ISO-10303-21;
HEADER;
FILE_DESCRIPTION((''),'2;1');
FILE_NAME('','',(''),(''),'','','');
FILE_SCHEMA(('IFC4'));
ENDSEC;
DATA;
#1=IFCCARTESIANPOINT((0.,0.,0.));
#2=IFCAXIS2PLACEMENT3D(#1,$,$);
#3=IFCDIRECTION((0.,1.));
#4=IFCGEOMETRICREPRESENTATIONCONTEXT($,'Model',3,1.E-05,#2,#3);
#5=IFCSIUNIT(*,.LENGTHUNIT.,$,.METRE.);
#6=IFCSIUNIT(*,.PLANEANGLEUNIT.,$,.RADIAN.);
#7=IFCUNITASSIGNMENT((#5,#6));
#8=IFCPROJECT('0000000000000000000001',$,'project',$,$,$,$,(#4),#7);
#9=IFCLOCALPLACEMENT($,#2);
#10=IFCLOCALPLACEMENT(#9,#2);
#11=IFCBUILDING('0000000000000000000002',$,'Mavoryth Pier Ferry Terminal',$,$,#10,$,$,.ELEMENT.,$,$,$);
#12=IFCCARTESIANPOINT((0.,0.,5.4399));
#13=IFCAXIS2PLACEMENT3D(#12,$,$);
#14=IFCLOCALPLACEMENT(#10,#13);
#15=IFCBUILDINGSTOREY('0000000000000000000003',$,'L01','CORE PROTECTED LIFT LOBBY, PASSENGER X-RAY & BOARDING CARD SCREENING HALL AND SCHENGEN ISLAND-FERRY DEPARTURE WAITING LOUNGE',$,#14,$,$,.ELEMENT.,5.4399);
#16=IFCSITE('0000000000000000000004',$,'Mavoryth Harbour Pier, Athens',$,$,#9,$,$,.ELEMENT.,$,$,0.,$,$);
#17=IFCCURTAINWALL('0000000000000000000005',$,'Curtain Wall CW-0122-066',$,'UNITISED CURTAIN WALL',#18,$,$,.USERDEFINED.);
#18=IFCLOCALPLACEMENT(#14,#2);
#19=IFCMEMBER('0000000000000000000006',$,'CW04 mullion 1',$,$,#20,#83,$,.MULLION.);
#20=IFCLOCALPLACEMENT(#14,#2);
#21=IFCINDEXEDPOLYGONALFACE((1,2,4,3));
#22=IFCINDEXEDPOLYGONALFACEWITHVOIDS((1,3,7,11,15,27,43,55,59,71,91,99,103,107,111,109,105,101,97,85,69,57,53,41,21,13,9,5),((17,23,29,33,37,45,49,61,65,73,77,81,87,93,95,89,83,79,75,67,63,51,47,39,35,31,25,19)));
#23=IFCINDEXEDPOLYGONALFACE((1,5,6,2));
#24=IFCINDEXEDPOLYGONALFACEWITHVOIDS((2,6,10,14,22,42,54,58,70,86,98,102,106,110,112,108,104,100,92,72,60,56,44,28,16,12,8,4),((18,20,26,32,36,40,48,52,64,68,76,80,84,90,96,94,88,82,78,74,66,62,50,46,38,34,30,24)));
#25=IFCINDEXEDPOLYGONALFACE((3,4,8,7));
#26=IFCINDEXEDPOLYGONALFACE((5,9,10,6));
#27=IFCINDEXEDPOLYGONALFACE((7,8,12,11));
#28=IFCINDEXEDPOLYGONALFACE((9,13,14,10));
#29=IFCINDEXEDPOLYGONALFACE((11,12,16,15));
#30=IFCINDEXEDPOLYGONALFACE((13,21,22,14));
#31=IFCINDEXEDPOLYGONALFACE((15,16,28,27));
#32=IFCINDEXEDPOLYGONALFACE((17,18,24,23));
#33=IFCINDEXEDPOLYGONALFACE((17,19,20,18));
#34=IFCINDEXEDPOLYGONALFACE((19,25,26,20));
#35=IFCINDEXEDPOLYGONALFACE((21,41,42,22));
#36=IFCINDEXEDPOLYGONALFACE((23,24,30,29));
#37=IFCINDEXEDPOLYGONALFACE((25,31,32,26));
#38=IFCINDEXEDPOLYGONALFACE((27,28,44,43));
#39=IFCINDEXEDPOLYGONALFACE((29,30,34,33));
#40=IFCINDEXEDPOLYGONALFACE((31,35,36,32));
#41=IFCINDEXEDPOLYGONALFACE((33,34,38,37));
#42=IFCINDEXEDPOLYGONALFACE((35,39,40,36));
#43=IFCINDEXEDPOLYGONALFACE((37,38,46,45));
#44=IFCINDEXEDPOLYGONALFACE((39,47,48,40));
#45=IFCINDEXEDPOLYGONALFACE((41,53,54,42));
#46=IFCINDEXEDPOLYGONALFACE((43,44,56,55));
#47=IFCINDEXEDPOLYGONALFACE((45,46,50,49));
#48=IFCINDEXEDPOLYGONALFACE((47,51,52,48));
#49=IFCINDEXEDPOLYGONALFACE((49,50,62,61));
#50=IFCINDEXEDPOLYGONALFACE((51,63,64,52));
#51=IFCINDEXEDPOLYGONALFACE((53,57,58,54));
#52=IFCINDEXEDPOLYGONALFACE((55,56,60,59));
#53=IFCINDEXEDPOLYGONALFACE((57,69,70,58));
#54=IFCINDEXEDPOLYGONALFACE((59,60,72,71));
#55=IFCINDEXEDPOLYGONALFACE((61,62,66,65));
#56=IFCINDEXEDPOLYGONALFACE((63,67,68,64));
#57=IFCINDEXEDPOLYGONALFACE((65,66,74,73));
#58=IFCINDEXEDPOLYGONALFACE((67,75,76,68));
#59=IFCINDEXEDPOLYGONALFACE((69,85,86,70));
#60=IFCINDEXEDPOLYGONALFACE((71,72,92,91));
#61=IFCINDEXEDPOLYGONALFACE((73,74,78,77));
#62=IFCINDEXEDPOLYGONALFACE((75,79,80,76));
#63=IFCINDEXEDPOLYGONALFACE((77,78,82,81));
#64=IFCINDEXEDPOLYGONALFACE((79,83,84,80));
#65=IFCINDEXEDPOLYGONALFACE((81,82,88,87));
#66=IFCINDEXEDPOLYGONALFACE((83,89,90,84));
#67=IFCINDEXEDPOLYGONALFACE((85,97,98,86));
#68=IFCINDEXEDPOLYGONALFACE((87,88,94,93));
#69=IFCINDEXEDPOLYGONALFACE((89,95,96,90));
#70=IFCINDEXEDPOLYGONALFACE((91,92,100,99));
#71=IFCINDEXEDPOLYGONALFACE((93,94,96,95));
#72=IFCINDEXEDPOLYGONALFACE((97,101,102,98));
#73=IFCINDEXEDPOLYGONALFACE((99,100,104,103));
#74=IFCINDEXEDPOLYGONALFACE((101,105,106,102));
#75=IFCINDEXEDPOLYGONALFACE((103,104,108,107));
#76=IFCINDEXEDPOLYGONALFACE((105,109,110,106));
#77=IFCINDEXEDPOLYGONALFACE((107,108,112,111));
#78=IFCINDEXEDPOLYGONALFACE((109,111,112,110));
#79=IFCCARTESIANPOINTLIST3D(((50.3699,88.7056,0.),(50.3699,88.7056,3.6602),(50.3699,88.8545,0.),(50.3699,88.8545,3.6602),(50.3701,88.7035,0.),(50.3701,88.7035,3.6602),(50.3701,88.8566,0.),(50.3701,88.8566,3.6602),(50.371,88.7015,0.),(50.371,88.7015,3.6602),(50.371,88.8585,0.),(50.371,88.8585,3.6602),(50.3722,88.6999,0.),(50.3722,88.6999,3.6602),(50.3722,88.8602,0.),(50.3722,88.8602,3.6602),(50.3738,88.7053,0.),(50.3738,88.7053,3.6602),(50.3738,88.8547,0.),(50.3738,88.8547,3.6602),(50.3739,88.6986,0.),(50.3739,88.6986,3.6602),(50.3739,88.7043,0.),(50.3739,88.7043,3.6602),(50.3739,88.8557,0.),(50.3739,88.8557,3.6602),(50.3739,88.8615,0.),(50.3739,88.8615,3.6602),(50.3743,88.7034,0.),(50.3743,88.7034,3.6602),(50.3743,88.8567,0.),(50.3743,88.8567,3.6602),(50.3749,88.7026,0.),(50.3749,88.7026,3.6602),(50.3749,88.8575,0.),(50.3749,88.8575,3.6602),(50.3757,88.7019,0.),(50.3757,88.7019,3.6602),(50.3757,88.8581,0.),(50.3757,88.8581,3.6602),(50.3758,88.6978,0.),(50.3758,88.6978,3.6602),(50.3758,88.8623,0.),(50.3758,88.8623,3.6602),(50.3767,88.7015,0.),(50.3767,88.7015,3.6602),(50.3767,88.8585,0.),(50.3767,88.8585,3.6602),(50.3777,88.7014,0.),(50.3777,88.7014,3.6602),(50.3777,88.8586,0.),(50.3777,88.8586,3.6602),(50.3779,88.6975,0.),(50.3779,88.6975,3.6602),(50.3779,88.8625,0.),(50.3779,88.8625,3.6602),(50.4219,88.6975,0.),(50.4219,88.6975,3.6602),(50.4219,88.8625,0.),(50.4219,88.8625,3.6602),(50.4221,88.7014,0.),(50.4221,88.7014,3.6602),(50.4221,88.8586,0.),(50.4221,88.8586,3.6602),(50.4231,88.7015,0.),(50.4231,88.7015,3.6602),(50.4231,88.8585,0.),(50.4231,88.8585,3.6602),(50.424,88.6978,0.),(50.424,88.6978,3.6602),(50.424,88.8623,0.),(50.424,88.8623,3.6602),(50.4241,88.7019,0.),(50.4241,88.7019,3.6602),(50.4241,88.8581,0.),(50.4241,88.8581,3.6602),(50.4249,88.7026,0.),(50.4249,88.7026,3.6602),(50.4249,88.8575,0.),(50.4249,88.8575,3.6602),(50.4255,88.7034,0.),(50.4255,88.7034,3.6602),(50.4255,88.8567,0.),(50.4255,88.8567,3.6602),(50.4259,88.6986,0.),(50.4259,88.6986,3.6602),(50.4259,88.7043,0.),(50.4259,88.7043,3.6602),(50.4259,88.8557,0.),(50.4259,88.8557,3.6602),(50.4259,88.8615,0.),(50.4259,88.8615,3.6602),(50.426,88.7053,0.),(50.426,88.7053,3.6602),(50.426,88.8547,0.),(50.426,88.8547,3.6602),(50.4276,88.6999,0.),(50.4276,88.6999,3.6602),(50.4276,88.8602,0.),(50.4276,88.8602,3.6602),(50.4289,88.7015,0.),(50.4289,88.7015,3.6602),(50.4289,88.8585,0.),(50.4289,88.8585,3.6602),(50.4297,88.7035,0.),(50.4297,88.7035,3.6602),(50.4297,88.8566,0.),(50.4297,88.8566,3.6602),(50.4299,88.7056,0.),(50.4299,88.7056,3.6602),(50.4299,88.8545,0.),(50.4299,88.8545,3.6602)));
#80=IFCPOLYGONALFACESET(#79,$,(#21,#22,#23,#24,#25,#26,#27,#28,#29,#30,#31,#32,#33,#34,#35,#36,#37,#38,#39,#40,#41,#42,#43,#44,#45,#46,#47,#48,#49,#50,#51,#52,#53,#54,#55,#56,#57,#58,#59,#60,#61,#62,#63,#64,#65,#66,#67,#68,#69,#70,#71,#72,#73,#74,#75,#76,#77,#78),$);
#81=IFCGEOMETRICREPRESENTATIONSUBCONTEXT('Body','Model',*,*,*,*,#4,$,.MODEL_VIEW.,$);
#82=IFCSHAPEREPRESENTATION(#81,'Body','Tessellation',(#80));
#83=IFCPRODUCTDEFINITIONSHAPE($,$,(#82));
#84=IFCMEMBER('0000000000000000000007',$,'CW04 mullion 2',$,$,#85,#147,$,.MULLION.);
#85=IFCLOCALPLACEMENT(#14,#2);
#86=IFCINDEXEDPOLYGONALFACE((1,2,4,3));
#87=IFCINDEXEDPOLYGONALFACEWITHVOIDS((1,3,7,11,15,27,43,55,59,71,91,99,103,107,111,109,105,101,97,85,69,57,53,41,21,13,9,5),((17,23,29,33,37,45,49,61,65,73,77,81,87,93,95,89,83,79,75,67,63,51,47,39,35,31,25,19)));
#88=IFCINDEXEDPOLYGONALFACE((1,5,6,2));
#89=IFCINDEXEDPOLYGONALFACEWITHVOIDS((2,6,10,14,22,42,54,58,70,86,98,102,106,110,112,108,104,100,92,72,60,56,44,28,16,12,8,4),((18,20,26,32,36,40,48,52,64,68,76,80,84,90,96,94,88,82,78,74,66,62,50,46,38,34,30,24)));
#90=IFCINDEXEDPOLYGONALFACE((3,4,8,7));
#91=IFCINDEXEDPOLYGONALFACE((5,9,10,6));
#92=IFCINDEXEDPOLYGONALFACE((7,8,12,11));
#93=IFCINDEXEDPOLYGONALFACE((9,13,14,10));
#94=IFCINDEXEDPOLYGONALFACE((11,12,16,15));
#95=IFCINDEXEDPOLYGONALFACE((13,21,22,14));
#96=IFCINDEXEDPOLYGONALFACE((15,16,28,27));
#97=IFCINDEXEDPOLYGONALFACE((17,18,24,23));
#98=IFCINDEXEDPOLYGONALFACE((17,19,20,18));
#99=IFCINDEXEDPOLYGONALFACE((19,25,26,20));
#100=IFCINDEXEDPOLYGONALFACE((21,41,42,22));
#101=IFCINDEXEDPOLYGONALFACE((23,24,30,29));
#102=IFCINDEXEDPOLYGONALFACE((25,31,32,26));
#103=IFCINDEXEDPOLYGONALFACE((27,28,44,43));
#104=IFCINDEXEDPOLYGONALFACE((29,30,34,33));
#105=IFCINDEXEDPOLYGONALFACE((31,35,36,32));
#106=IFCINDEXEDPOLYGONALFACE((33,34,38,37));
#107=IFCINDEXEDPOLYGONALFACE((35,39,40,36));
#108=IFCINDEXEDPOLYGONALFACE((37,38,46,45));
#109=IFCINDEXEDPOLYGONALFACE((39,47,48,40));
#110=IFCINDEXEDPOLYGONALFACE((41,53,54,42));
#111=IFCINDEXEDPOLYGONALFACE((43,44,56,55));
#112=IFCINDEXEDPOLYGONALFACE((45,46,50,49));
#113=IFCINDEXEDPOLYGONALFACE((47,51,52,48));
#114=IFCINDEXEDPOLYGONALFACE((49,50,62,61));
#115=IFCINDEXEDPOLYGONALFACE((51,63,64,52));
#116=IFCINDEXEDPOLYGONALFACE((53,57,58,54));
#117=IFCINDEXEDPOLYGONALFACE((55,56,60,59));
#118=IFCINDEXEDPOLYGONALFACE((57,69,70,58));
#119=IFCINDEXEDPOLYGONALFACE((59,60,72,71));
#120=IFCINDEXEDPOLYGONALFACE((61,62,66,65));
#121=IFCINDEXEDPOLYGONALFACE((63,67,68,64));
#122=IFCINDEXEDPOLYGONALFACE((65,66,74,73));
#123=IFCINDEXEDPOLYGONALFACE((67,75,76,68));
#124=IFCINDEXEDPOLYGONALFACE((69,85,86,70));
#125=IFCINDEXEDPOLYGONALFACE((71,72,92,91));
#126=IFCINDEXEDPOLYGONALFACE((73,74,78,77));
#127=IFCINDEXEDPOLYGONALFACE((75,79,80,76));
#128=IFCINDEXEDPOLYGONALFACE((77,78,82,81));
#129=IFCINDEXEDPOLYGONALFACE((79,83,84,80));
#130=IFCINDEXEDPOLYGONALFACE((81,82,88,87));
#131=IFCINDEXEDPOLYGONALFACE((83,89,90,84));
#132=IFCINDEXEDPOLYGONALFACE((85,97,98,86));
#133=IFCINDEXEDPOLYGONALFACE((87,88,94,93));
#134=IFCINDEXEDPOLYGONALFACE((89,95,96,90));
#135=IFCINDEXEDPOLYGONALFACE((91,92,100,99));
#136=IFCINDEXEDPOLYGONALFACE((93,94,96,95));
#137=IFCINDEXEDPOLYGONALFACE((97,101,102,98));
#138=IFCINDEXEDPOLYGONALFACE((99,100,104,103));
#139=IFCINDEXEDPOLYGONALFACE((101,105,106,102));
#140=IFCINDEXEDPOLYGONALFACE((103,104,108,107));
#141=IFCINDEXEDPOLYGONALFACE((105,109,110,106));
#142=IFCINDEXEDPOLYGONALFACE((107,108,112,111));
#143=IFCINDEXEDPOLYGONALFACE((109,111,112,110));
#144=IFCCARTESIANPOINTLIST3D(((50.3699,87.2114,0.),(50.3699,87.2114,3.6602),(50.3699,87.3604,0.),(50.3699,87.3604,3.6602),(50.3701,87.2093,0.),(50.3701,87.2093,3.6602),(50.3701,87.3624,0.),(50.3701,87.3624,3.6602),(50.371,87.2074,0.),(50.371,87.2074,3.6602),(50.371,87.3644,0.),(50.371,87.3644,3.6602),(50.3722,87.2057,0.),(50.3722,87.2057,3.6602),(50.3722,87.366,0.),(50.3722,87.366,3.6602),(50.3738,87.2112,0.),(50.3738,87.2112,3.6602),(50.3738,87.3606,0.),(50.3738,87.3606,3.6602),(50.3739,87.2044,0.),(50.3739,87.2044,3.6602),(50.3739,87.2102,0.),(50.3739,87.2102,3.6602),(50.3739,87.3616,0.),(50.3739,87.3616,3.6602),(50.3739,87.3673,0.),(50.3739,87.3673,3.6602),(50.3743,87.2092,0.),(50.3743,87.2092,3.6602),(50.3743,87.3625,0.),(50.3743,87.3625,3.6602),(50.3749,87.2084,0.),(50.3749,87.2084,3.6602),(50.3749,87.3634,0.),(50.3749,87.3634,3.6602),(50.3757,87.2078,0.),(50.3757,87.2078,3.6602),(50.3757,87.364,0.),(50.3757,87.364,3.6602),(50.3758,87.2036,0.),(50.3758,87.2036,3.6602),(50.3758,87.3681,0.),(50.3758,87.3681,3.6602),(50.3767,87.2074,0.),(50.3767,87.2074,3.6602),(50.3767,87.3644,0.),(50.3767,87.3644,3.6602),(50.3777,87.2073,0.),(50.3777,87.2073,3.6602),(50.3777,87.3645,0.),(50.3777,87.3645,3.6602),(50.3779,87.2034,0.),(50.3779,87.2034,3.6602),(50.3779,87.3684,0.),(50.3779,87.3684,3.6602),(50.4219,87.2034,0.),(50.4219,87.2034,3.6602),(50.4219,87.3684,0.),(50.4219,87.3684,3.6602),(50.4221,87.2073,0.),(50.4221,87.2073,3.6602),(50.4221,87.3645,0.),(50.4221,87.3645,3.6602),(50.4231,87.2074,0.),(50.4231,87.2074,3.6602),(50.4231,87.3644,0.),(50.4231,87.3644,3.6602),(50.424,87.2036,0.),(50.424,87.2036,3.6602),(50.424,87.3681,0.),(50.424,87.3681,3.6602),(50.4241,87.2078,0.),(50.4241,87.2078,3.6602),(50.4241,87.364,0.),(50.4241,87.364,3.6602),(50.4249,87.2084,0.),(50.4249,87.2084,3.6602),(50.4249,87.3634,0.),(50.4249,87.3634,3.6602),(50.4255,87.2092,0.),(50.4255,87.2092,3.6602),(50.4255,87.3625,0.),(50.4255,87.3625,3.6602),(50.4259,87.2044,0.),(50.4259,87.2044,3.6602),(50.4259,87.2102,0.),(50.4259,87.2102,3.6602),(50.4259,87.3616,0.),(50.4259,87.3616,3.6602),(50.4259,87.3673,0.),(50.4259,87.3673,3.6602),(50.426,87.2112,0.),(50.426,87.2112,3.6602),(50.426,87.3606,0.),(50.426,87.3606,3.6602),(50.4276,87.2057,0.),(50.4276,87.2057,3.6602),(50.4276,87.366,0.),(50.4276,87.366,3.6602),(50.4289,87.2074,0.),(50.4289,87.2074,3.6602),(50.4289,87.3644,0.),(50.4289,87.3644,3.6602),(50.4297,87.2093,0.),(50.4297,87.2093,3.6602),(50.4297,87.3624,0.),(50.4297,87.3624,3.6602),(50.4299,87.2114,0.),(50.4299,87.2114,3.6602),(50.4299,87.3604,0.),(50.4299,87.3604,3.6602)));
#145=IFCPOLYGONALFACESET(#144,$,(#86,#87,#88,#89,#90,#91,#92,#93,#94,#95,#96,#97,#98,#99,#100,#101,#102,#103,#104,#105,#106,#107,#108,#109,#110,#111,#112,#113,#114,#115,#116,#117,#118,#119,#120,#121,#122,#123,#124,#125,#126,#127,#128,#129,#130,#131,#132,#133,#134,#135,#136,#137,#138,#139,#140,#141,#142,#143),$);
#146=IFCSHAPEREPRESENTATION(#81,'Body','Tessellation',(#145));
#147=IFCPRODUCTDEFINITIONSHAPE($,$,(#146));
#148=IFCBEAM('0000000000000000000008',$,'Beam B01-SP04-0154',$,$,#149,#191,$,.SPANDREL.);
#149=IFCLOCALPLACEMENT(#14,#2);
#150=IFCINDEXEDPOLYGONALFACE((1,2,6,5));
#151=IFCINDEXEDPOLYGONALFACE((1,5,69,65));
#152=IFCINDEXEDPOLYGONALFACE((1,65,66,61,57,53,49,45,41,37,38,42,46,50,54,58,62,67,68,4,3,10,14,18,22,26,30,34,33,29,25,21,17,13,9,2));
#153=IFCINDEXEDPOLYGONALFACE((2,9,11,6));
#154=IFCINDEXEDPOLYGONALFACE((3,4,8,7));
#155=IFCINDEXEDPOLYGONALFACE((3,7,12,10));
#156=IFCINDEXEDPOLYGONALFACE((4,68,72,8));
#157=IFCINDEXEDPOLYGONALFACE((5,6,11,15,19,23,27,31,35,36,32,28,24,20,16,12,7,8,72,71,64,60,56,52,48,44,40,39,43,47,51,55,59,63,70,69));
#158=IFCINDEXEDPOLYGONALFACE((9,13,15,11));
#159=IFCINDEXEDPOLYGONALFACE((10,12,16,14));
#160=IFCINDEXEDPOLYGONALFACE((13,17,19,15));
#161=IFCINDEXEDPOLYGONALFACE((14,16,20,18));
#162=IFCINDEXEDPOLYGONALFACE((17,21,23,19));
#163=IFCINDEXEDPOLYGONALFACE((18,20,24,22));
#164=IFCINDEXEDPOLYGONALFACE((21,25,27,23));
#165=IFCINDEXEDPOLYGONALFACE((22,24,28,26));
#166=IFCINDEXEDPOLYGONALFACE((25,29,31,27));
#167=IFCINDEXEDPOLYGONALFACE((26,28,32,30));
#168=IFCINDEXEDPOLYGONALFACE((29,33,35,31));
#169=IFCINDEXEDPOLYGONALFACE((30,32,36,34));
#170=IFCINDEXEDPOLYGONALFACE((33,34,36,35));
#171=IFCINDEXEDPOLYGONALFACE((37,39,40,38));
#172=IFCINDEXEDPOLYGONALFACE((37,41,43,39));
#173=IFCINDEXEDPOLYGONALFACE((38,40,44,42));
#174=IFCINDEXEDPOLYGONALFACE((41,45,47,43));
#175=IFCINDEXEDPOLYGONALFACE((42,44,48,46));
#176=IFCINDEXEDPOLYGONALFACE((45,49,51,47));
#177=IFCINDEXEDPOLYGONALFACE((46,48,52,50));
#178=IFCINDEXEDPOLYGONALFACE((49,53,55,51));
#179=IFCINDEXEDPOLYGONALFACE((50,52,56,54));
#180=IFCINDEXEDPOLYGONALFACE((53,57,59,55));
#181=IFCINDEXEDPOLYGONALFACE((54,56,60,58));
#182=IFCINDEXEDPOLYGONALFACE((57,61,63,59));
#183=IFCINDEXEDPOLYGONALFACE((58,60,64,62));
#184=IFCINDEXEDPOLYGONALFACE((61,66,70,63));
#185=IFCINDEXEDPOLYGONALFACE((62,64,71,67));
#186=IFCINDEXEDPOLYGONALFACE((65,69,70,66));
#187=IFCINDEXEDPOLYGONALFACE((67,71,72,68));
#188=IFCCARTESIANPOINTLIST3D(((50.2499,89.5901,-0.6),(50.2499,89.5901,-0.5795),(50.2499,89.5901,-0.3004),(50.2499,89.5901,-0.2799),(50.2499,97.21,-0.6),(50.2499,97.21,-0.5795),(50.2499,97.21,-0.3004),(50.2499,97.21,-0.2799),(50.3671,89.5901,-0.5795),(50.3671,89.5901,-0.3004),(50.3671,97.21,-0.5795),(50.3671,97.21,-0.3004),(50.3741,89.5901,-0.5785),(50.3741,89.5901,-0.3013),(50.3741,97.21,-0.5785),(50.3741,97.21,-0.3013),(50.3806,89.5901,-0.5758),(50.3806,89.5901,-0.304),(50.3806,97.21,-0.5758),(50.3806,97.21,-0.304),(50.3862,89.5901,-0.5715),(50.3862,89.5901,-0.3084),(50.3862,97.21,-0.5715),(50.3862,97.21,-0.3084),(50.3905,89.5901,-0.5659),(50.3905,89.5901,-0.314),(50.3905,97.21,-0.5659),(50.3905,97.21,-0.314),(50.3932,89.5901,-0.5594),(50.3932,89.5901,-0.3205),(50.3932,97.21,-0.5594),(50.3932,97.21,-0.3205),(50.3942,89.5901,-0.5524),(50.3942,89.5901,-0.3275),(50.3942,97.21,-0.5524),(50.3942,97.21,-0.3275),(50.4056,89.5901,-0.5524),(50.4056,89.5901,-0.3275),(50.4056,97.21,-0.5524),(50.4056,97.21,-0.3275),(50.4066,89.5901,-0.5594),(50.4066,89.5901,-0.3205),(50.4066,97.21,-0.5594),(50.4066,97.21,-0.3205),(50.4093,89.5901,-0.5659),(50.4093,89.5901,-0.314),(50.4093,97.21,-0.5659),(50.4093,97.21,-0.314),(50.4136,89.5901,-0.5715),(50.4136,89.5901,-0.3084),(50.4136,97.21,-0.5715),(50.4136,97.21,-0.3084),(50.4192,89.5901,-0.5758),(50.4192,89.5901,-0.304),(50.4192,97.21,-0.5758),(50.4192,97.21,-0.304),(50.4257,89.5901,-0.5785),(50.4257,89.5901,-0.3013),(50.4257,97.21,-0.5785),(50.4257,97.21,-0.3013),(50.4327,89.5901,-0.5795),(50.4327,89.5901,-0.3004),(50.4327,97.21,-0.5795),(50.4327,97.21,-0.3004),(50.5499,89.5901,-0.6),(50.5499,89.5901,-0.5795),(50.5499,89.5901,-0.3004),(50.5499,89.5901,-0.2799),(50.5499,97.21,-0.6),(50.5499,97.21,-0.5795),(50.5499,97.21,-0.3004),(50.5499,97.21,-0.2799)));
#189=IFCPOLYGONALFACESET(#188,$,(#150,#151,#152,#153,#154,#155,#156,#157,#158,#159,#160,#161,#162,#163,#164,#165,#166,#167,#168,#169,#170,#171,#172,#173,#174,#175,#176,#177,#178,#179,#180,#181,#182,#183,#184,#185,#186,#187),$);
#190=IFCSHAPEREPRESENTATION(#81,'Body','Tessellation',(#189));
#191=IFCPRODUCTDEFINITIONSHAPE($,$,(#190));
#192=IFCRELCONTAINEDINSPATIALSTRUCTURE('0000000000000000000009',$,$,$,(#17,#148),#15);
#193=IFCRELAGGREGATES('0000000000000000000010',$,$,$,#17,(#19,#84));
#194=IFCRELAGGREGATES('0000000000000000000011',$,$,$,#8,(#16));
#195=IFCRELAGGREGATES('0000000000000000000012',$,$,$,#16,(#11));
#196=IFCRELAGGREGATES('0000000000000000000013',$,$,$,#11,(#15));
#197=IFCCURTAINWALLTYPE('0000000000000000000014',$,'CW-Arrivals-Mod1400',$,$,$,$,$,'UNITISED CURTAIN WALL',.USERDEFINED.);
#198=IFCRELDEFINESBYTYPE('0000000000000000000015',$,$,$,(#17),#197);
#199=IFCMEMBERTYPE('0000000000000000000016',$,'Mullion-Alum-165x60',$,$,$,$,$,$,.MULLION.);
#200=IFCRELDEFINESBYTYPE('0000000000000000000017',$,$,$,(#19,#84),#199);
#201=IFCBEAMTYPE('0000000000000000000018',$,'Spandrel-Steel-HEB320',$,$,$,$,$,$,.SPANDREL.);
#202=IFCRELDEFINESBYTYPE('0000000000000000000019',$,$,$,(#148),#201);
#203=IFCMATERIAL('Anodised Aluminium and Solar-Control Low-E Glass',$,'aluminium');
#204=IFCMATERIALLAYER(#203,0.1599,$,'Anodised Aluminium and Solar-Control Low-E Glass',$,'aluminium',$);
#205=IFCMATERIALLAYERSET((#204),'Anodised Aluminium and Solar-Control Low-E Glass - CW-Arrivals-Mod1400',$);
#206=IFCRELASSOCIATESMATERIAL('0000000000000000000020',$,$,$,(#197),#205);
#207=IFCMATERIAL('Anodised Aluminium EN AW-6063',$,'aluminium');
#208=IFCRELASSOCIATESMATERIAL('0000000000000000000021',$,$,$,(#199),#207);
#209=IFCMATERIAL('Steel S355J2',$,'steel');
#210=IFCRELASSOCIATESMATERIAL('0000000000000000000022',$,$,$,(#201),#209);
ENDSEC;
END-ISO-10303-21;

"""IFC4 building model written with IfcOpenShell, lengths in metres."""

from ifc_helpers import new_model, si_unit, direction, frame, origin, origin_2d, place, context, subcontext, project, spatial, hollow_rectangle, i_section, extrude, material, layer, layer_set, material_profile, profile_set, type_object, element, aggregate, save


model = new_model("IFC4")

# Units and contexts
model_context = context("Model", 3, precision=1e-05, world=origin(), true_north=direction((0.0, 1.0)))
body_context = subcontext(model_context, "Body", "Model", "MODEL_VIEW")
ifc_project = project(units=[si_unit("LENGTHUNIT", "METRE"), si_unit("PLANEANGLEUNIT", "RADIAN")], contexts=[model_context])

# Site, building, storey
site_placement = place(None, origin())
site = spatial("IfcSite", under=ifc_project, at=site_placement, Name="Mavoryth Harbour Pier, Athens", CompositionType="ELEMENT", RefElevation=0.0)
building_placement = place(site_placement, origin())
building = spatial("IfcBuilding", under=site, at=building_placement, Name="Mavoryth Pier Ferry Terminal", CompositionType="ELEMENT")
storey_placement = place(building_placement, frame((0.0, 0.0, 5.4399)))
storey = spatial("IfcBuildingStorey", under=building, at=storey_placement, Name="L01", Description="CORE PROTECTED LIFT LOBBY, PASSENGER X-RAY & BOARDING CARD SCREENING HALL AND SCHENGEN ISLAND-FERRY DEPARTURE WAITING LOUNGE", CompositionType="ELEMENT", Elevation=5.4399)

# Curtain wall, members
ifc_material_1 = material(Name="Anodised Aluminium and Solar-Control Low-E Glass", Category="aluminium")
ifc_layer_1 = layer(ifc_material_1, 0.1599, Name="Anodised Aluminium and Solar-Control Low-E Glass", Category="aluminium")
ifc_layer_set_1 = layer_set([ifc_layer_1], Name="Anodised Aluminium and Solar-Control Low-E Glass - CW-Arrivals-Mod1400")
curtain_wall_type = type_object("IfcCurtainWallType", Name="CW-Arrivals-Mod1400", ElementType="UNITISED CURTAIN WALL", PredefinedType="USERDEFINED", material=ifc_layer_set_1)
curtain_wall_placement = place(storey_placement, origin())
curtain_wall = element("IfcCurtainWall", 1, at=curtain_wall_placement, inside=storey, type_object=curtain_wall_type, Name="Curtain Wall CW-0122-066", ObjectType="UNITISED CURTAIN WALL", PredefinedType="USERDEFINED")
ifc_material_2 = material(Name="Anodised Aluminium EN AW-6063", Category="aluminium")
ifc_material_profile_1 = material_profile(ifc_material_2, hollow_rectangle(XDim=0.0601, YDim=0.165, WallThickness=0.0039, InnerFilletRadius=0.0039, OuterFilletRadius=0.0081, at=origin_2d()), Name="AL-MULL 165x60x4", Category="aluminium")
ifc_profile_set_1 = profile_set([ifc_material_profile_1], Name="Anodised Aluminium EN AW-6063 - AL-MULL 165x60x4")
member_type_1 = type_object("IfcMemberType", Name="Mullion-Alum-165x60", PredefinedType="MULLION", material=ifc_profile_set_1)
member_1_placement = place(storey_placement, frame((50.3999, 88.78, 0.0), z_axis=(0.0, 0.0, 1.0), x_axis=(1.0, 0.0, 0.0)))
member_1 = element("IfcMember", 2, at=member_1_placement, type_object=member_type_1, Name="CW04 mullion 1", PredefinedType="MULLION", context=body_context, shape_type="SweptSolid", body=[
    extrude(hollow_rectangle(XDim=0.0601, YDim=0.165, WallThickness=0.0039, InnerFilletRadius=0.0039, OuterFilletRadius=0.0081, at=origin_2d()), origin(), (0.0, 0.0, 1.0), 3.6602),
])
member_2_placement = place(storey_placement, frame((50.3999, 87.2859, 0.0), z_axis=(0.0, 0.0, 1.0), x_axis=(1.0, 0.0, 0.0)))
member_2 = element("IfcMember", 3, at=member_2_placement, type_object=member_type_1, Name="CW04 mullion 2", PredefinedType="MULLION", context=body_context, shape_type="SweptSolid", body=[
    extrude(hollow_rectangle(XDim=0.0601, YDim=0.165, WallThickness=0.0039, InnerFilletRadius=0.0039, OuterFilletRadius=0.0081, at=origin_2d()), origin(), (0.0, 0.0, 1.0), 3.6602),
])

# Beam
ifc_material_3 = material(Name="Steel S355J2", Category="steel")
ifc_material_profile_2 = material_profile(ifc_material_3, i_section(OverallWidth=0.3, OverallDepth=0.3201, WebThickness=0.0115, FlangeThickness=0.0205, FilletRadius=0.0271, at=origin_2d()), Name="HEB 320", Category="steel")
ifc_profile_set_2 = profile_set([ifc_material_profile_2], Name="Steel S355J2 - HEB 320")
beam_type_1 = type_object("IfcBeamType", Name="Spandrel-Steel-HEB320", PredefinedType="SPANDREL", material=ifc_profile_set_2)
beam_1_placement = place(storey_placement, frame((50.3999, 89.5901, -0.4399), z_axis=(0.0, 1.0, 0.0), x_axis=(-1.0, 0.0, 0.0)))
element("IfcBeam", 4, at=beam_1_placement, inside=storey, type_object=beam_type_1, Name="Beam B01-SP04-0154", PredefinedType="SPANDREL", context=body_context, shape_type="SweptSolid", body=[
    extrude(i_section(OverallWidth=0.3, OverallDepth=0.3201, WebThickness=0.0115, FlangeThickness=0.0205, FilletRadius=0.0271, at=origin_2d()), origin(), (0.0, 0.0, 1.0), 7.6199),
])

aggregate(curtain_wall, [member_1, member_2])

save(model, "model.ifc")
